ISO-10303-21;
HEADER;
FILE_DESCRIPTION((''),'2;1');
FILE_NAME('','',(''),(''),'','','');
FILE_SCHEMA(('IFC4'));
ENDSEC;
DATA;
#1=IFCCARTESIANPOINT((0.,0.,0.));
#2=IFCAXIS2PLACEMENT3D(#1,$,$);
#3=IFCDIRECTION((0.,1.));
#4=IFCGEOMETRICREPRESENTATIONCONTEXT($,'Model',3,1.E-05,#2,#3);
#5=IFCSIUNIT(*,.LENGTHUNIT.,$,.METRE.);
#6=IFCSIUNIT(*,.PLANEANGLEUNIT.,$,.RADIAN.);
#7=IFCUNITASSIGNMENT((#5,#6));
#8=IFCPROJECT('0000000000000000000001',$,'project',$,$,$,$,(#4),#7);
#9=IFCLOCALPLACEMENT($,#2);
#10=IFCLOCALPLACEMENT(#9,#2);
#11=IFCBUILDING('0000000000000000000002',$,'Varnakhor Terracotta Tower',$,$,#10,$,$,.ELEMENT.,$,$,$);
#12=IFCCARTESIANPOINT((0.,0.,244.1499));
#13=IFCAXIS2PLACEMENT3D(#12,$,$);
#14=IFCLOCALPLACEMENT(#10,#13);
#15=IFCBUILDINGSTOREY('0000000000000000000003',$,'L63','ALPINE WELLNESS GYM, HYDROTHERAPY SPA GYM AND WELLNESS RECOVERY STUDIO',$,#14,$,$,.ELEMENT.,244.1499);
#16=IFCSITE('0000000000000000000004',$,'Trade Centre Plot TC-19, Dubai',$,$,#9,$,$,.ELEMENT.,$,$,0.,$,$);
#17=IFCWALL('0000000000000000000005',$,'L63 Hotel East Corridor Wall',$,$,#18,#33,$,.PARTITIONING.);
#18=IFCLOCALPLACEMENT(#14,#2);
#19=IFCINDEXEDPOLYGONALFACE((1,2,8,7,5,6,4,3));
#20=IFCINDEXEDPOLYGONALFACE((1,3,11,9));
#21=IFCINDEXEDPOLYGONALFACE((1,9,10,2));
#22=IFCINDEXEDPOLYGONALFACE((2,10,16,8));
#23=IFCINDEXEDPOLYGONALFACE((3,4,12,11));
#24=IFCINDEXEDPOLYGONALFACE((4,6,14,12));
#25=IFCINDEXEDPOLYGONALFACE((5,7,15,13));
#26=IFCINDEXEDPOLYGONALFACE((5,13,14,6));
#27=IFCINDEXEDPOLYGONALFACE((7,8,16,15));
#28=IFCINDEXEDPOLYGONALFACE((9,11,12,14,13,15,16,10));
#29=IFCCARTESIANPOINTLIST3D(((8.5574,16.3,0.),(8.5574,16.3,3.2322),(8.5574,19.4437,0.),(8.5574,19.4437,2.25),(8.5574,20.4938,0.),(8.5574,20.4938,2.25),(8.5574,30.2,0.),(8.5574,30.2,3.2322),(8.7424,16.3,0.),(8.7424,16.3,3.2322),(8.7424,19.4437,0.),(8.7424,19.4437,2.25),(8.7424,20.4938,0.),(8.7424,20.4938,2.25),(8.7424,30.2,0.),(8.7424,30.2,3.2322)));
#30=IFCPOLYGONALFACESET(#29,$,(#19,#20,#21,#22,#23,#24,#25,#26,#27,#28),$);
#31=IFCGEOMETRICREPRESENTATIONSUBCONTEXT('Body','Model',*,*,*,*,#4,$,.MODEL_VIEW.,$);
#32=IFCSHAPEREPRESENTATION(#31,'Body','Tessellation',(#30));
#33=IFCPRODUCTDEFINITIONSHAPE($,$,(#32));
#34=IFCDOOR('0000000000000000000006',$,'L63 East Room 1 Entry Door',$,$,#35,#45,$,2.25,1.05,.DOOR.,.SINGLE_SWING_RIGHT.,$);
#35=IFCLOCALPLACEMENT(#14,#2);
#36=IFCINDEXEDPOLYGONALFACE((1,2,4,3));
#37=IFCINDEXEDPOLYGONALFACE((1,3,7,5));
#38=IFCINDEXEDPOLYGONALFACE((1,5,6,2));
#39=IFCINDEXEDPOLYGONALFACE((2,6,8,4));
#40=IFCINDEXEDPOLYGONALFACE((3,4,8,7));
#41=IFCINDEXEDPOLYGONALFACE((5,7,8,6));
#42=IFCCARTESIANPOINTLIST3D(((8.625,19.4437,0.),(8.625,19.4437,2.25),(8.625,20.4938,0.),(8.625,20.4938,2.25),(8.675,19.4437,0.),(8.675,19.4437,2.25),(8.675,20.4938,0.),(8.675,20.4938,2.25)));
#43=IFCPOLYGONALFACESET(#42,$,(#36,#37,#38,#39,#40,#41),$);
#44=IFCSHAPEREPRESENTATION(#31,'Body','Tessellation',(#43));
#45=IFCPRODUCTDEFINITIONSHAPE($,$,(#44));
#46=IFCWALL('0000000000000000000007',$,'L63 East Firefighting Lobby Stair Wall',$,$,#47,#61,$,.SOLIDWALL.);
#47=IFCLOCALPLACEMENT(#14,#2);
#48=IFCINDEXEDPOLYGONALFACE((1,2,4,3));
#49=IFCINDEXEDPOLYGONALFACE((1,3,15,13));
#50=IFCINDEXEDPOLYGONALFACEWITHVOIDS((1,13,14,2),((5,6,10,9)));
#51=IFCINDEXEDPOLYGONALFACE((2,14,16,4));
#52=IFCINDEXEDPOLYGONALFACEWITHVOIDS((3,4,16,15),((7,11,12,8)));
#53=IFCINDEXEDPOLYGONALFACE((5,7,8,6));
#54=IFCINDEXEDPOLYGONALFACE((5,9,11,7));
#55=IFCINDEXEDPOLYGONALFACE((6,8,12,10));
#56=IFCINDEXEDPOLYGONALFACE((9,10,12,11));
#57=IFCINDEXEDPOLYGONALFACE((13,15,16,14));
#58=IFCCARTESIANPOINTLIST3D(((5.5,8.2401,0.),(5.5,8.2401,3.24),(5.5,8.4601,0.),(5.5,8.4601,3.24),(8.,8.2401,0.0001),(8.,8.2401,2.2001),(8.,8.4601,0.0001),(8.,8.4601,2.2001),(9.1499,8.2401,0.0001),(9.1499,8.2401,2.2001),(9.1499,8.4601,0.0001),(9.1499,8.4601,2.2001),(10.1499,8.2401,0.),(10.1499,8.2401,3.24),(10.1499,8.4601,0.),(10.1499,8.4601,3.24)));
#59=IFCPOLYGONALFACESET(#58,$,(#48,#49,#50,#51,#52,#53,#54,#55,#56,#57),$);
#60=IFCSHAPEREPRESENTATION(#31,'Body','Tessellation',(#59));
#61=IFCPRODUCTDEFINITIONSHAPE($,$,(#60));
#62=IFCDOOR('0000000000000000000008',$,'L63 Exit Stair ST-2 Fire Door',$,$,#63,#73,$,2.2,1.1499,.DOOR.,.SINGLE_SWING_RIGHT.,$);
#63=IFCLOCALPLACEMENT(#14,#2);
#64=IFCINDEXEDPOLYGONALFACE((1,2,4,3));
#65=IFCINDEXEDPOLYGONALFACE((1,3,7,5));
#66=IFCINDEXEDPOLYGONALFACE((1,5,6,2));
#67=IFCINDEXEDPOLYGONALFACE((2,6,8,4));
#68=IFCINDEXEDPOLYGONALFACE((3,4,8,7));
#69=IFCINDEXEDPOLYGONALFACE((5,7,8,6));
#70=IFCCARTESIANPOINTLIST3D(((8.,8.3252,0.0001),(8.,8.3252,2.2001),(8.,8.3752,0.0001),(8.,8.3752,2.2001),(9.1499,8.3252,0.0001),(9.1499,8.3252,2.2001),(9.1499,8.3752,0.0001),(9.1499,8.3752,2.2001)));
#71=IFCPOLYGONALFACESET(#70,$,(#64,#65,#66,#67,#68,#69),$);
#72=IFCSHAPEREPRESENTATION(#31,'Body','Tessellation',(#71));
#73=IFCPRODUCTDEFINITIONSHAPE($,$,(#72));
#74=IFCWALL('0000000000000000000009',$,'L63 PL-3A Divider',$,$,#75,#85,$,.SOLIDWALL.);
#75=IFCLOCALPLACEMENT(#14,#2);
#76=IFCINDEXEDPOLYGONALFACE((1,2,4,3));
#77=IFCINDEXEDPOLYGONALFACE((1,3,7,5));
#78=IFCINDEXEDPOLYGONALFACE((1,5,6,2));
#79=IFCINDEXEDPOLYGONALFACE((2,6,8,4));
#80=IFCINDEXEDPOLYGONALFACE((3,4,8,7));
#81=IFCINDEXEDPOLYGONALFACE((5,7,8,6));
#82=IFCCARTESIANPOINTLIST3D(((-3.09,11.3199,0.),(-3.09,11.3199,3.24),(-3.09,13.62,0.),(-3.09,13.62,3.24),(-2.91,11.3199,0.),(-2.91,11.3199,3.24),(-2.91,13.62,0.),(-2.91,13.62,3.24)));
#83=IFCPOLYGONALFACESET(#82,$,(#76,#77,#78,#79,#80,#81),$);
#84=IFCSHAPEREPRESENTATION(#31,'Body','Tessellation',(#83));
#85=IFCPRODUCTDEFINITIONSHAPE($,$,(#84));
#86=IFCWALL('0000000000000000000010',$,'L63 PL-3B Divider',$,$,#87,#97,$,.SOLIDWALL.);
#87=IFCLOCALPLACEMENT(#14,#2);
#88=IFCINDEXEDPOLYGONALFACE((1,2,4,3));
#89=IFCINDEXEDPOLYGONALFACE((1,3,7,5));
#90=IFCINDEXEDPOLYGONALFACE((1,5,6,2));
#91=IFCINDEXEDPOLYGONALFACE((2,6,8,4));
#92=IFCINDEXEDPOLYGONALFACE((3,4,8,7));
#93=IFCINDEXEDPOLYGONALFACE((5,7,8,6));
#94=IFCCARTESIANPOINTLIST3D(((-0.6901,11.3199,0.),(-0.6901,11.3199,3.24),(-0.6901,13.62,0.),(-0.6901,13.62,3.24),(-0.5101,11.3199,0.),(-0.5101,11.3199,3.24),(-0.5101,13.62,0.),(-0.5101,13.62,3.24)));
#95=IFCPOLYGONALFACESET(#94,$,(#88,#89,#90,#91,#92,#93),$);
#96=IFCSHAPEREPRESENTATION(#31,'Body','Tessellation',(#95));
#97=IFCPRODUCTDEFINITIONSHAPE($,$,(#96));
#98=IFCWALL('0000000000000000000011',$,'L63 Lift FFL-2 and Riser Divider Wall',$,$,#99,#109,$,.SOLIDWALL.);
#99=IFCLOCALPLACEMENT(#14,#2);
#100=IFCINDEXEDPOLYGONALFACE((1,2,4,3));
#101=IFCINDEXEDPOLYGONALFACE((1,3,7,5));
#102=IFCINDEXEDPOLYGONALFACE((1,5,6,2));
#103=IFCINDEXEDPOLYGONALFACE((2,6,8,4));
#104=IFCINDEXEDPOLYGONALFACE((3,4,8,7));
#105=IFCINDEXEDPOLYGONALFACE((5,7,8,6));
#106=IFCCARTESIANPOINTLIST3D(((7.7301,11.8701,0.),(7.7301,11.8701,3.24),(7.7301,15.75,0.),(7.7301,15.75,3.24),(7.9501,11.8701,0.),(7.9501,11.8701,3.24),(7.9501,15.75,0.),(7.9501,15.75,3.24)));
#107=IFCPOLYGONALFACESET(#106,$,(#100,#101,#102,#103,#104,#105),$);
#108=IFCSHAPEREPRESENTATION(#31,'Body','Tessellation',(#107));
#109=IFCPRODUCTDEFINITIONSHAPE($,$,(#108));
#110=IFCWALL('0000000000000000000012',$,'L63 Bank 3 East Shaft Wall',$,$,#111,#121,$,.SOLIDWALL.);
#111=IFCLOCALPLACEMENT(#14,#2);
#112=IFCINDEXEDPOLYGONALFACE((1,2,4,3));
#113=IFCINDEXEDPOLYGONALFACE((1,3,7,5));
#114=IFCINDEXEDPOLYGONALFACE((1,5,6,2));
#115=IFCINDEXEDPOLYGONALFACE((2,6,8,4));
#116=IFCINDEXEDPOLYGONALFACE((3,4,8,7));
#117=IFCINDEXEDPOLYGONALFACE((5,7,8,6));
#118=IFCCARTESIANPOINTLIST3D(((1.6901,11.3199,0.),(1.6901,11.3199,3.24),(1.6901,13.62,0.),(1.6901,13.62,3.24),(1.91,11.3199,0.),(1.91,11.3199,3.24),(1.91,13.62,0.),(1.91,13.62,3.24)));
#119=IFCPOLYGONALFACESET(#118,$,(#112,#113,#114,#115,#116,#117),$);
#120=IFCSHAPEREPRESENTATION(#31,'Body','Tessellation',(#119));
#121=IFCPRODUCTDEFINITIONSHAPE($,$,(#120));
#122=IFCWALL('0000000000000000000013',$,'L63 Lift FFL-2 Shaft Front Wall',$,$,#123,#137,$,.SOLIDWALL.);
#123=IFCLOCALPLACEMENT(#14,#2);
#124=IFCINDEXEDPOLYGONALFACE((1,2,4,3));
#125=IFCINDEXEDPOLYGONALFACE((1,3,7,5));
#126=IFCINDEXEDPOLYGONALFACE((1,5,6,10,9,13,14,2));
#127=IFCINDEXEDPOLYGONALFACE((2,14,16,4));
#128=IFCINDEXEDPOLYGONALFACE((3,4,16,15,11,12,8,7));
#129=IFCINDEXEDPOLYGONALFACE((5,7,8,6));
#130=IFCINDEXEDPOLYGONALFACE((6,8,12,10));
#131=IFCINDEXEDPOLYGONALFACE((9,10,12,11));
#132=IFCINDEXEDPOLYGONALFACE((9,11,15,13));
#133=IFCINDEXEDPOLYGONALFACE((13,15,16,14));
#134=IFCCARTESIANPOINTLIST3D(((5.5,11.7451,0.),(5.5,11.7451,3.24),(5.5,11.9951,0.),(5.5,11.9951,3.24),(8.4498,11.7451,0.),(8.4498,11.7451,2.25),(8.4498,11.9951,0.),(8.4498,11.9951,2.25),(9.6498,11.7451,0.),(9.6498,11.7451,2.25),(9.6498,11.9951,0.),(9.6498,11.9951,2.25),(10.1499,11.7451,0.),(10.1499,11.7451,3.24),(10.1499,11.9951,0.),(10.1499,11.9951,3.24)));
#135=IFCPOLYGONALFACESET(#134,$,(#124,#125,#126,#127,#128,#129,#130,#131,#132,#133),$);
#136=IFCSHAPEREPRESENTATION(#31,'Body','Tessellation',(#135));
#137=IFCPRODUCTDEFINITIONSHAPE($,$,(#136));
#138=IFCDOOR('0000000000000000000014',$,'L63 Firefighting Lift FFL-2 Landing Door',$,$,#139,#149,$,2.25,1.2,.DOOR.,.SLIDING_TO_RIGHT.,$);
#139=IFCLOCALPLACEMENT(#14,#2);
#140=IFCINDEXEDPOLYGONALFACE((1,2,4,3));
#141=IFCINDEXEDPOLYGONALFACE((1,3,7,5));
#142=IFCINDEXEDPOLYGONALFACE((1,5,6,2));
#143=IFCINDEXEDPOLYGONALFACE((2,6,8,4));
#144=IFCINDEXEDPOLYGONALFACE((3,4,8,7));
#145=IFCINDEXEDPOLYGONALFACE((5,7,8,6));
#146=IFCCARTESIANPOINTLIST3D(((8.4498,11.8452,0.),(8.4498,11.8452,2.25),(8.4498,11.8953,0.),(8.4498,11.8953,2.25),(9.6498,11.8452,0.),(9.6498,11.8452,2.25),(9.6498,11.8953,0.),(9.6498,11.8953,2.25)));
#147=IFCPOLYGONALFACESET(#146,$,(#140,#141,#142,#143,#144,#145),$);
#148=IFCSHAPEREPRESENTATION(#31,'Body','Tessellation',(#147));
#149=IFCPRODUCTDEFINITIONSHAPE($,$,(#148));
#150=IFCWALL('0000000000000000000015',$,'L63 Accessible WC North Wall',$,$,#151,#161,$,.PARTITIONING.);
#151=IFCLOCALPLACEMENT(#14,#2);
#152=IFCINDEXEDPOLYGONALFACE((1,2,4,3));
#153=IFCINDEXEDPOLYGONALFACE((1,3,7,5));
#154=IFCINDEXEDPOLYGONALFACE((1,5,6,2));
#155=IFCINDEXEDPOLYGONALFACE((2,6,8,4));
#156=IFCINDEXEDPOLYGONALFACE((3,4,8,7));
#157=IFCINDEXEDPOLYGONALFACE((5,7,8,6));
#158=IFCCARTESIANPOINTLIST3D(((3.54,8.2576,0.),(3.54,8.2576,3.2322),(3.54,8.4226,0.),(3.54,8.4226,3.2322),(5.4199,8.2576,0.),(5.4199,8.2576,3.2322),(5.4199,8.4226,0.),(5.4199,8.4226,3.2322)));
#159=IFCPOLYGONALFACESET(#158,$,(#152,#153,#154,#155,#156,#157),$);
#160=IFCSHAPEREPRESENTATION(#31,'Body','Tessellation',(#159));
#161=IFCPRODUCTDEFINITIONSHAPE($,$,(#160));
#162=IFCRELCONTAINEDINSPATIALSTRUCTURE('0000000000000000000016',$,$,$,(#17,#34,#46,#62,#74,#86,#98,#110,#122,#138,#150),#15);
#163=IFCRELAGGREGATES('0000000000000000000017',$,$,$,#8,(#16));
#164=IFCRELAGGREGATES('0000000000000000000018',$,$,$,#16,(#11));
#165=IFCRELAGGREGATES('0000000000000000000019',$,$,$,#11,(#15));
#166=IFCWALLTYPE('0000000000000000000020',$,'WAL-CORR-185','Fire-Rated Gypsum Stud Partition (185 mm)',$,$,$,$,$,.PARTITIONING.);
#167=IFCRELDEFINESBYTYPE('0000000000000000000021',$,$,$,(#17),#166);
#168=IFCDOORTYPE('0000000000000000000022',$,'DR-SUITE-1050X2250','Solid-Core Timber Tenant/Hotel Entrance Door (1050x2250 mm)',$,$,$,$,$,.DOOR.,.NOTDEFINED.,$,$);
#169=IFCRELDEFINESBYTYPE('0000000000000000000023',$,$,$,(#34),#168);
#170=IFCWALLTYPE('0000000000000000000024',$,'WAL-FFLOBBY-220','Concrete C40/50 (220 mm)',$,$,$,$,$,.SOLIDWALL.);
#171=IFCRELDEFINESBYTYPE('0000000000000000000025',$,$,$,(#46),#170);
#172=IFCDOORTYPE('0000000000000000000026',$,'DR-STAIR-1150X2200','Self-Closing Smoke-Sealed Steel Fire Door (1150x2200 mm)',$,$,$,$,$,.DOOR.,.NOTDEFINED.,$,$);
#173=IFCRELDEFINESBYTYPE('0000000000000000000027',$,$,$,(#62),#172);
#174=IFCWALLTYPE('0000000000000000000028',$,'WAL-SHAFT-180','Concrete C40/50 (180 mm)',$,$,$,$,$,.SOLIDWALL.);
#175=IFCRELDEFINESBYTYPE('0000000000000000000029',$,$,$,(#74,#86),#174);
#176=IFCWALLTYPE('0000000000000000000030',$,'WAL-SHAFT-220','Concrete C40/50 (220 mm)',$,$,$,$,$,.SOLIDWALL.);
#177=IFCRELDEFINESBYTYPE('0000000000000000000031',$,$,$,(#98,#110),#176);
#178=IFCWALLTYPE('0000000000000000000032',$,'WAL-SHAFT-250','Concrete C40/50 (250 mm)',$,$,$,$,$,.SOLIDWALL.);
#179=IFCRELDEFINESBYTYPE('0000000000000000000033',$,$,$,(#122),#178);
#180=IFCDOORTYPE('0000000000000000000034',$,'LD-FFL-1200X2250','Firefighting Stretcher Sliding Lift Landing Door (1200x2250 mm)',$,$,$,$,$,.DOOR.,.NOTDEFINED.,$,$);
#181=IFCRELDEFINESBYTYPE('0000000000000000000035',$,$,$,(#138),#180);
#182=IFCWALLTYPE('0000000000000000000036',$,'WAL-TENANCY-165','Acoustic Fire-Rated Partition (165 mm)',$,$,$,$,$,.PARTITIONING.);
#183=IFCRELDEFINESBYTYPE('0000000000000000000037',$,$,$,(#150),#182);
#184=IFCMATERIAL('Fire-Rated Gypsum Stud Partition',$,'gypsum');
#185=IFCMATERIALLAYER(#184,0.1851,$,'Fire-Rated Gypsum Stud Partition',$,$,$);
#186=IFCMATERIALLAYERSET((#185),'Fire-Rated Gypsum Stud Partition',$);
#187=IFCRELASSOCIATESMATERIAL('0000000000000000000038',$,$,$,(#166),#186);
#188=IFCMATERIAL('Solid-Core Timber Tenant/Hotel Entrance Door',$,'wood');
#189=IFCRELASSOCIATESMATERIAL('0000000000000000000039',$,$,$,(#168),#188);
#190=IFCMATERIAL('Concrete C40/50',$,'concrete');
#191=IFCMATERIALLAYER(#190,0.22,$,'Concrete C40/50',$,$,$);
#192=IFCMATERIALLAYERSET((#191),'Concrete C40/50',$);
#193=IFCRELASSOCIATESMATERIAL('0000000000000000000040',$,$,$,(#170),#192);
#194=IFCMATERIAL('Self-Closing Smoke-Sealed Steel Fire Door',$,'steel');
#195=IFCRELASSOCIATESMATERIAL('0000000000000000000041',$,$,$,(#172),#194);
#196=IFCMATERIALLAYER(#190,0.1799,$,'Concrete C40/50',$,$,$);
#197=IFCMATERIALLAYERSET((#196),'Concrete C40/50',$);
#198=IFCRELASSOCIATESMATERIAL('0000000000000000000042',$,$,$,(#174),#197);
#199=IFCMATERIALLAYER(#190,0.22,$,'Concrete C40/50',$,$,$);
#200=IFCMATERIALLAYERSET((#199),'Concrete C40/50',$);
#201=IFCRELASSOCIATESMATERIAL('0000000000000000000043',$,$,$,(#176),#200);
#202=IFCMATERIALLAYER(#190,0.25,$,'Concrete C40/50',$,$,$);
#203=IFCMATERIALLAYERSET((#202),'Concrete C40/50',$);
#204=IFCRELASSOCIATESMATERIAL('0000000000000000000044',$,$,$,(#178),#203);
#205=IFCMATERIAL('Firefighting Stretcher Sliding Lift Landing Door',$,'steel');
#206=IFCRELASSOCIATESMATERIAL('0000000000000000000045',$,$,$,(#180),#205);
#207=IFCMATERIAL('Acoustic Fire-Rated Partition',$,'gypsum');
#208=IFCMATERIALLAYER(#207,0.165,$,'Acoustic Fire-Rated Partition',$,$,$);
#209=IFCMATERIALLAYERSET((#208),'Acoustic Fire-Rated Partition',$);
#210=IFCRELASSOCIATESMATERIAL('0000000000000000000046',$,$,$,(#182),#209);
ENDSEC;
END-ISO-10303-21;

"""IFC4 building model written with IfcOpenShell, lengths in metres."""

from ifc_helpers import new_model, si_unit, direction, frame, frame_2d, origin, place, context, subcontext, project, spatial, rectangle, extrude, source, transform, mapped, material, layer, layer_set, type_object, type_shapes, element, fill, save


model = new_model("IFC4")

# Units and contexts
model_context = context("Model", 3, precision=1e-05, world=origin(), true_north=direction((0.0, 1.0)))
body_context = subcontext(model_context, "Body", "Model", "MODEL_VIEW")
ifc_project = project(units=[si_unit("LENGTHUNIT", "METRE"), si_unit("PLANEANGLEUNIT", "RADIAN")], contexts=[model_context])

# Site, building, storey
site_placement = place(None, origin())
site = spatial("IfcSite", under=ifc_project, at=site_placement, Name="Trade Centre Plot TC-19, Dubai", CompositionType="ELEMENT", RefElevation=0.0)
building_placement = place(site_placement, origin())
building = spatial("IfcBuilding", under=site, at=building_placement, Name="Varnakhor Terracotta Tower", CompositionType="ELEMENT")
storey_placement = place(building_placement, frame((0.0, 0.0, 244.1499)))
storey = spatial("IfcBuildingStorey", under=building, at=storey_placement, Name="L63", Description="ALPINE WELLNESS GYM, HYDROTHERAPY SPA GYM AND WELLNESS RECOVERY STUDIO", CompositionType="ELEMENT", Elevation=244.1499)

# Shared definitions
ifc_material_1 = material(Name="Fire-Rated Gypsum Stud Partition", Category="gypsum")
ifc_layer_1 = layer(ifc_material_1, 0.1851, Name="Fire-Rated Gypsum Stud Partition")
ifc_layer_set_1 = layer_set([ifc_layer_1], Name="Fire-Rated Gypsum Stud Partition")
wall_type_1 = type_object("IfcWallType", Name="WAL-CORR-185", Description="Fire-Rated Gypsum Stud Partition (185 mm)", PredefinedType="PARTITIONING", material=ifc_layer_set_1)

# Walls, openings, doors
wall_1_placement = place(storey_placement, frame((8.6499, 16.3, 0.0), z_axis=(0.0, 0.0, 1.0), x_axis=(0.0, 1.0, 0.0)))
wall_1 = element("IfcWall", 1, at=wall_1_placement, inside=storey, type_object=wall_type_1, Name="L63 Hotel East Corridor Wall", PredefinedType="PARTITIONING", context=body_context, shape_type="SweptSolid", body=[
    extrude(rectangle(XDim=13.8999, YDim=0.1851, at=frame_2d((6.95, 0.0))), origin(), (0.0, 0.0, 1.0), 3.2322),
])
opening_1_placement = place(wall_1_placement, frame((3.1438, 0.0, 0.0)))
opening_1 = element("IfcOpeningElement", 2, at=opening_1_placement, cuts=wall_1, PredefinedType="OPENING", context=body_context, shape_type="SweptSolid", body=[
    extrude(rectangle(XDim=1.05, YDim=2.25, at=frame_2d((0.5249, 1.125))), frame((0.0, 0.1025, 0.0), z_axis=(0.0, -1.0, 0.0), x_axis=(1.0, 0.0, 0.0)), (0.0, 0.0, 1.0), 0.2051),
])
ifc_material_2 = material(Name="Solid-Core Timber Tenant/Hotel Entrance Door", Category="wood")
door_type_1 = type_object("IfcDoorType", Name="DR-SUITE-1050X2250", Description="Solid-Core Timber Tenant/Hotel Entrance Door (1050x2250 mm)", OperationType="NOTDEFINED", PredefinedType="DOOR", material=ifc_material_2)
shared_shape_1 = source(origin(), body_context, "Body", "SweptSolid", [
    extrude(rectangle(XDim=1.05, YDim=2.25, at=frame_2d((0.5249, 1.125))), frame((0.0, 0.0249, 0.0), z_axis=(0.0, -1.0, 0.0), x_axis=(1.0, 0.0, 0.0)), (0.0, 0.0, 1.0), 0.05),
])
type_shapes(door_type_1, [shared_shape_1])
door_1_placement = place(opening_1_placement, origin())
door_1 = element("IfcDoor", 3, at=door_1_placement, inside=storey, type_object=door_type_1, Name="L63 East Room 1 Entry Door", OperationType="SINGLE_SWING_RIGHT", OverallHeight=2.25, OverallWidth=1.05, PredefinedType="DOOR", context=body_context, shape_type="MappedRepresentation", body=[
    mapped(shared_shape_1, transform((0.0, 0.0, 0.0), scale=1.0)),
])
fill(opening_1, door_1)
ifc_material_3 = material(Name="Concrete C40/50", Category="concrete")
ifc_layer_2 = layer(ifc_material_3, 0.22, Name="Concrete C40/50")
ifc_layer_set_2 = layer_set([ifc_layer_2], Name="Concrete C40/50")
wall_type_2 = type_object("IfcWallType", Name="WAL-FFLOBBY-220", Description="Concrete C40/50 (220 mm)", PredefinedType="SOLIDWALL", material=ifc_layer_set_2)
wall_2_placement = place(storey_placement, frame((10.1499, 8.3501, 0.0), z_axis=(0.0, 0.0, 1.0), x_axis=(-1.0, 0.0, 0.0)))
wall_2 = element("IfcWall", 4, at=wall_2_placement, inside=storey, type_object=wall_type_2, Name="L63 East Firefighting Lobby Stair Wall", PredefinedType="SOLIDWALL", context=body_context, shape_type="SweptSolid", body=[
    extrude(rectangle(XDim=4.6499, YDim=0.22, at=frame_2d((2.325, 0.0))), origin(), (0.0, 0.0, 1.0), 3.24),
])
opening_2_placement = place(wall_2_placement, frame((1.0, 0.0, 0.0)))
opening_2 = element("IfcOpeningElement", 5, at=opening_2_placement, cuts=wall_2, PredefinedType="OPENING", context=body_context, shape_type="SweptSolid", body=[
    extrude(rectangle(XDim=1.1499, YDim=2.2, at=frame_2d((0.575, 1.1001))), frame((0.0, 0.1201, 0.0), z_axis=(0.0, -1.0, 0.0), x_axis=(1.0, 0.0, 0.0)), (0.0, 0.0, 1.0), 0.24),
])
ifc_material_4 = material(Name="Self-Closing Smoke-Sealed Steel Fire Door", Category="steel")
door_type_2 = type_object("IfcDoorType", Name="DR-STAIR-1150X2200", Description="Self-Closing Smoke-Sealed Steel Fire Door (1150x2200 mm)", OperationType="NOTDEFINED", PredefinedType="DOOR", material=ifc_material_4)
shared_shape_2 = source(origin(), body_context, "Body", "SweptSolid", [
    extrude(rectangle(XDim=1.1499, YDim=2.2, at=frame_2d((0.575, 1.1001))), frame((0.0, 0.0249, 0.0), z_axis=(0.0, -1.0, 0.0), x_axis=(1.0, 0.0, 0.0)), (0.0, 0.0, 1.0), 0.05),
])
type_shapes(door_type_2, [shared_shape_2])
door_2_placement = place(opening_2_placement, origin())
door_2 = element("IfcDoor", 6, at=door_2_placement, inside=storey, type_object=door_type_2, Name="L63 Exit Stair ST-2 Fire Door", OperationType="SINGLE_SWING_RIGHT", OverallHeight=2.2, OverallWidth=1.1499, PredefinedType="DOOR", context=body_context, shape_type="MappedRepresentation", body=[
    mapped(shared_shape_2, transform((0.0, 0.0, 0.0), scale=1.0)),
])
fill(opening_2, door_2)

# Walls
ifc_layer_3 = layer(ifc_material_3, 0.1799, Name="Concrete C40/50")
ifc_layer_set_3 = layer_set([ifc_layer_3], Name="Concrete C40/50")
wall_type_3 = type_object("IfcWallType", Name="WAL-SHAFT-180", Description="Concrete C40/50 (180 mm)", PredefinedType="SOLIDWALL", material=ifc_layer_set_3)
for number, where, z_axis, x_axis, name in (
    (7, (-3.0, 11.3201, 0.0), (0.0, 0.0, 1.0), (0.0, 1.0, 0.0), "L63 PL-3A Divider"),
    (8, (-0.6001, 11.3201, 0.0), (0.0, 0.0, 1.0), (0.0, 1.0, 0.0), "L63 PL-3B Divider"),
):
    element("IfcWall", number, at=place(storey_placement, frame(where, z_axis=z_axis, x_axis=x_axis)), inside=storey, type_object=wall_type_3, Name=name, PredefinedType="SOLIDWALL", context=body_context, shape_type="SweptSolid", body=[
        extrude(rectangle(XDim=2.3, YDim=0.1799, at=frame_2d((1.1499, 0.0))), origin(), (0.0, 0.0, 1.0), 3.24),
    ])
ifc_layer_4 = layer(ifc_material_3, 0.22, Name="Concrete C40/50")
ifc_layer_set_4 = layer_set([ifc_layer_4], Name="Concrete C40/50")
wall_type_4 = type_object("IfcWallType", Name="WAL-SHAFT-220", Description="Concrete C40/50 (220 mm)", PredefinedType="SOLIDWALL", material=ifc_layer_set_4)
wall_3_placement = place(storey_placement, frame((7.8401, 11.8701, 0.0), z_axis=(0.0, 0.0, 1.0), x_axis=(0.0, 1.0, 0.0)))
element("IfcWall", 9, at=wall_3_placement, inside=storey, type_object=wall_type_4, Name="L63 Lift FFL-2 and Riser Divider Wall", PredefinedType="SOLIDWALL", context=body_context, shape_type="SweptSolid", body=[
    extrude(rectangle(XDim=3.8799, YDim=0.22, at=frame_2d((1.9399, 0.0))), origin(), (0.0, 0.0, 1.0), 3.24),
])
wall_4_placement = place(storey_placement, frame((1.8, 11.3201, 0.0), z_axis=(0.0, 0.0, 1.0), x_axis=(0.0, 1.0, 0.0)))
element("IfcWall", 10, at=wall_4_placement, inside=storey, type_object=wall_type_4, Name="L63 Bank 3 East Shaft Wall", PredefinedType="SOLIDWALL", context=body_context, shape_type="SweptSolid", body=[
    extrude(rectangle(XDim=2.3, YDim=0.22, at=frame_2d((1.1499, 0.0))), origin(), (0.0, 0.0, 1.0), 3.24),
])

# Wall, opening, door
ifc_layer_5 = layer(ifc_material_3, 0.25, Name="Concrete C40/50")
ifc_layer_set_5 = layer_set([ifc_layer_5], Name="Concrete C40/50")
wall_type_5 = type_object("IfcWallType", Name="WAL-SHAFT-250", Description="Concrete C40/50 (250 mm)", PredefinedType="SOLIDWALL", material=ifc_layer_set_5)
wall_5_placement = place(storey_placement, frame((10.1499, 11.8701, 0.0), z_axis=(0.0, 0.0, 1.0), x_axis=(-1.0, 0.0, 0.0)))
wall_5 = element("IfcWall", 11, at=wall_5_placement, inside=storey, type_object=wall_type_5, Name="L63 Lift FFL-2 Shaft Front Wall", PredefinedType="SOLIDWALL", context=body_context, shape_type="SweptSolid", body=[
    extrude(rectangle(XDim=4.6499, YDim=0.25, at=frame_2d((2.325, 0.0))), origin(), (0.0, 0.0, 1.0), 3.24),
])
opening_3_placement = place(wall_5_placement, frame((0.5, 0.0, 0.0)))
opening_3 = element("IfcOpeningElement", 12, at=opening_3_placement, cuts=wall_5, PredefinedType="OPENING", context=body_context, shape_type="SweptSolid", body=[
    extrude(rectangle(XDim=1.2, YDim=2.25, at=frame_2d((0.6001, 1.125))), frame((0.0, 0.135, 0.0), z_axis=(0.0, -1.0, 0.0), x_axis=(1.0, 0.0, 0.0)), (0.0, 0.0, 1.0), 0.27),
])
ifc_material_5 = material(Name="Firefighting Stretcher Sliding Lift Landing Door", Category="steel")
door_type_3 = type_object("IfcDoorType", Name="LD-FFL-1200X2250", Description="Firefighting Stretcher Sliding Lift Landing Door (1200x2250 mm)", OperationType="NOTDEFINED", PredefinedType="DOOR", material=ifc_material_5)
shared_shape_3 = source(origin(), body_context, "Body", "SweptSolid", [
    extrude(rectangle(XDim=1.2, YDim=2.25, at=frame_2d((0.6001, 1.125))), frame((0.0, 0.0249, 0.0), z_axis=(0.0, -1.0, 0.0), x_axis=(1.0, 0.0, 0.0)), (0.0, 0.0, 1.0), 0.05),
])
type_shapes(door_type_3, [shared_shape_3])
door_3_placement = place(opening_3_placement, origin())
door_3 = element("IfcDoor", 13, at=door_3_placement, inside=storey, type_object=door_type_3, Name="L63 Firefighting Lift FFL-2 Landing Door", OperationType="SLIDING_TO_RIGHT", OverallHeight=2.25, OverallWidth=1.2, PredefinedType="DOOR", context=body_context, shape_type="MappedRepresentation", body=[
    mapped(shared_shape_3, transform((0.0, 0.0, 0.0), scale=1.0)),
])
fill(opening_3, door_3)

# Wall
ifc_material_6 = material(Name="Acoustic Fire-Rated Partition", Category="gypsum")
ifc_layer_6 = layer(ifc_material_6, 0.165, Name="Acoustic Fire-Rated Partition")
ifc_layer_set_6 = layer_set([ifc_layer_6], Name="Acoustic Fire-Rated Partition")
wall_type_6 = type_object("IfcWallType", Name="WAL-TENANCY-165", Description="Acoustic Fire-Rated Partition (165 mm)", PredefinedType="PARTITIONING", material=ifc_layer_set_6)
wall_6_placement = place(storey_placement, frame((3.54, 8.3401, 0.0), z_axis=(0.0, 0.0, 1.0), x_axis=(1.0, 0.0, 0.0)))
element("IfcWall", 14, at=wall_6_placement, inside=storey, type_object=wall_type_6, Name="L63 Accessible WC North Wall", PredefinedType="PARTITIONING", context=body_context, shape_type="SweptSolid", body=[
    extrude(rectangle(XDim=1.8799, YDim=0.165, at=frame_2d((0.9399, 0.0))), origin(), (0.0, 0.0, 1.0), 3.2322),
])

save(model, "model.ifc")
